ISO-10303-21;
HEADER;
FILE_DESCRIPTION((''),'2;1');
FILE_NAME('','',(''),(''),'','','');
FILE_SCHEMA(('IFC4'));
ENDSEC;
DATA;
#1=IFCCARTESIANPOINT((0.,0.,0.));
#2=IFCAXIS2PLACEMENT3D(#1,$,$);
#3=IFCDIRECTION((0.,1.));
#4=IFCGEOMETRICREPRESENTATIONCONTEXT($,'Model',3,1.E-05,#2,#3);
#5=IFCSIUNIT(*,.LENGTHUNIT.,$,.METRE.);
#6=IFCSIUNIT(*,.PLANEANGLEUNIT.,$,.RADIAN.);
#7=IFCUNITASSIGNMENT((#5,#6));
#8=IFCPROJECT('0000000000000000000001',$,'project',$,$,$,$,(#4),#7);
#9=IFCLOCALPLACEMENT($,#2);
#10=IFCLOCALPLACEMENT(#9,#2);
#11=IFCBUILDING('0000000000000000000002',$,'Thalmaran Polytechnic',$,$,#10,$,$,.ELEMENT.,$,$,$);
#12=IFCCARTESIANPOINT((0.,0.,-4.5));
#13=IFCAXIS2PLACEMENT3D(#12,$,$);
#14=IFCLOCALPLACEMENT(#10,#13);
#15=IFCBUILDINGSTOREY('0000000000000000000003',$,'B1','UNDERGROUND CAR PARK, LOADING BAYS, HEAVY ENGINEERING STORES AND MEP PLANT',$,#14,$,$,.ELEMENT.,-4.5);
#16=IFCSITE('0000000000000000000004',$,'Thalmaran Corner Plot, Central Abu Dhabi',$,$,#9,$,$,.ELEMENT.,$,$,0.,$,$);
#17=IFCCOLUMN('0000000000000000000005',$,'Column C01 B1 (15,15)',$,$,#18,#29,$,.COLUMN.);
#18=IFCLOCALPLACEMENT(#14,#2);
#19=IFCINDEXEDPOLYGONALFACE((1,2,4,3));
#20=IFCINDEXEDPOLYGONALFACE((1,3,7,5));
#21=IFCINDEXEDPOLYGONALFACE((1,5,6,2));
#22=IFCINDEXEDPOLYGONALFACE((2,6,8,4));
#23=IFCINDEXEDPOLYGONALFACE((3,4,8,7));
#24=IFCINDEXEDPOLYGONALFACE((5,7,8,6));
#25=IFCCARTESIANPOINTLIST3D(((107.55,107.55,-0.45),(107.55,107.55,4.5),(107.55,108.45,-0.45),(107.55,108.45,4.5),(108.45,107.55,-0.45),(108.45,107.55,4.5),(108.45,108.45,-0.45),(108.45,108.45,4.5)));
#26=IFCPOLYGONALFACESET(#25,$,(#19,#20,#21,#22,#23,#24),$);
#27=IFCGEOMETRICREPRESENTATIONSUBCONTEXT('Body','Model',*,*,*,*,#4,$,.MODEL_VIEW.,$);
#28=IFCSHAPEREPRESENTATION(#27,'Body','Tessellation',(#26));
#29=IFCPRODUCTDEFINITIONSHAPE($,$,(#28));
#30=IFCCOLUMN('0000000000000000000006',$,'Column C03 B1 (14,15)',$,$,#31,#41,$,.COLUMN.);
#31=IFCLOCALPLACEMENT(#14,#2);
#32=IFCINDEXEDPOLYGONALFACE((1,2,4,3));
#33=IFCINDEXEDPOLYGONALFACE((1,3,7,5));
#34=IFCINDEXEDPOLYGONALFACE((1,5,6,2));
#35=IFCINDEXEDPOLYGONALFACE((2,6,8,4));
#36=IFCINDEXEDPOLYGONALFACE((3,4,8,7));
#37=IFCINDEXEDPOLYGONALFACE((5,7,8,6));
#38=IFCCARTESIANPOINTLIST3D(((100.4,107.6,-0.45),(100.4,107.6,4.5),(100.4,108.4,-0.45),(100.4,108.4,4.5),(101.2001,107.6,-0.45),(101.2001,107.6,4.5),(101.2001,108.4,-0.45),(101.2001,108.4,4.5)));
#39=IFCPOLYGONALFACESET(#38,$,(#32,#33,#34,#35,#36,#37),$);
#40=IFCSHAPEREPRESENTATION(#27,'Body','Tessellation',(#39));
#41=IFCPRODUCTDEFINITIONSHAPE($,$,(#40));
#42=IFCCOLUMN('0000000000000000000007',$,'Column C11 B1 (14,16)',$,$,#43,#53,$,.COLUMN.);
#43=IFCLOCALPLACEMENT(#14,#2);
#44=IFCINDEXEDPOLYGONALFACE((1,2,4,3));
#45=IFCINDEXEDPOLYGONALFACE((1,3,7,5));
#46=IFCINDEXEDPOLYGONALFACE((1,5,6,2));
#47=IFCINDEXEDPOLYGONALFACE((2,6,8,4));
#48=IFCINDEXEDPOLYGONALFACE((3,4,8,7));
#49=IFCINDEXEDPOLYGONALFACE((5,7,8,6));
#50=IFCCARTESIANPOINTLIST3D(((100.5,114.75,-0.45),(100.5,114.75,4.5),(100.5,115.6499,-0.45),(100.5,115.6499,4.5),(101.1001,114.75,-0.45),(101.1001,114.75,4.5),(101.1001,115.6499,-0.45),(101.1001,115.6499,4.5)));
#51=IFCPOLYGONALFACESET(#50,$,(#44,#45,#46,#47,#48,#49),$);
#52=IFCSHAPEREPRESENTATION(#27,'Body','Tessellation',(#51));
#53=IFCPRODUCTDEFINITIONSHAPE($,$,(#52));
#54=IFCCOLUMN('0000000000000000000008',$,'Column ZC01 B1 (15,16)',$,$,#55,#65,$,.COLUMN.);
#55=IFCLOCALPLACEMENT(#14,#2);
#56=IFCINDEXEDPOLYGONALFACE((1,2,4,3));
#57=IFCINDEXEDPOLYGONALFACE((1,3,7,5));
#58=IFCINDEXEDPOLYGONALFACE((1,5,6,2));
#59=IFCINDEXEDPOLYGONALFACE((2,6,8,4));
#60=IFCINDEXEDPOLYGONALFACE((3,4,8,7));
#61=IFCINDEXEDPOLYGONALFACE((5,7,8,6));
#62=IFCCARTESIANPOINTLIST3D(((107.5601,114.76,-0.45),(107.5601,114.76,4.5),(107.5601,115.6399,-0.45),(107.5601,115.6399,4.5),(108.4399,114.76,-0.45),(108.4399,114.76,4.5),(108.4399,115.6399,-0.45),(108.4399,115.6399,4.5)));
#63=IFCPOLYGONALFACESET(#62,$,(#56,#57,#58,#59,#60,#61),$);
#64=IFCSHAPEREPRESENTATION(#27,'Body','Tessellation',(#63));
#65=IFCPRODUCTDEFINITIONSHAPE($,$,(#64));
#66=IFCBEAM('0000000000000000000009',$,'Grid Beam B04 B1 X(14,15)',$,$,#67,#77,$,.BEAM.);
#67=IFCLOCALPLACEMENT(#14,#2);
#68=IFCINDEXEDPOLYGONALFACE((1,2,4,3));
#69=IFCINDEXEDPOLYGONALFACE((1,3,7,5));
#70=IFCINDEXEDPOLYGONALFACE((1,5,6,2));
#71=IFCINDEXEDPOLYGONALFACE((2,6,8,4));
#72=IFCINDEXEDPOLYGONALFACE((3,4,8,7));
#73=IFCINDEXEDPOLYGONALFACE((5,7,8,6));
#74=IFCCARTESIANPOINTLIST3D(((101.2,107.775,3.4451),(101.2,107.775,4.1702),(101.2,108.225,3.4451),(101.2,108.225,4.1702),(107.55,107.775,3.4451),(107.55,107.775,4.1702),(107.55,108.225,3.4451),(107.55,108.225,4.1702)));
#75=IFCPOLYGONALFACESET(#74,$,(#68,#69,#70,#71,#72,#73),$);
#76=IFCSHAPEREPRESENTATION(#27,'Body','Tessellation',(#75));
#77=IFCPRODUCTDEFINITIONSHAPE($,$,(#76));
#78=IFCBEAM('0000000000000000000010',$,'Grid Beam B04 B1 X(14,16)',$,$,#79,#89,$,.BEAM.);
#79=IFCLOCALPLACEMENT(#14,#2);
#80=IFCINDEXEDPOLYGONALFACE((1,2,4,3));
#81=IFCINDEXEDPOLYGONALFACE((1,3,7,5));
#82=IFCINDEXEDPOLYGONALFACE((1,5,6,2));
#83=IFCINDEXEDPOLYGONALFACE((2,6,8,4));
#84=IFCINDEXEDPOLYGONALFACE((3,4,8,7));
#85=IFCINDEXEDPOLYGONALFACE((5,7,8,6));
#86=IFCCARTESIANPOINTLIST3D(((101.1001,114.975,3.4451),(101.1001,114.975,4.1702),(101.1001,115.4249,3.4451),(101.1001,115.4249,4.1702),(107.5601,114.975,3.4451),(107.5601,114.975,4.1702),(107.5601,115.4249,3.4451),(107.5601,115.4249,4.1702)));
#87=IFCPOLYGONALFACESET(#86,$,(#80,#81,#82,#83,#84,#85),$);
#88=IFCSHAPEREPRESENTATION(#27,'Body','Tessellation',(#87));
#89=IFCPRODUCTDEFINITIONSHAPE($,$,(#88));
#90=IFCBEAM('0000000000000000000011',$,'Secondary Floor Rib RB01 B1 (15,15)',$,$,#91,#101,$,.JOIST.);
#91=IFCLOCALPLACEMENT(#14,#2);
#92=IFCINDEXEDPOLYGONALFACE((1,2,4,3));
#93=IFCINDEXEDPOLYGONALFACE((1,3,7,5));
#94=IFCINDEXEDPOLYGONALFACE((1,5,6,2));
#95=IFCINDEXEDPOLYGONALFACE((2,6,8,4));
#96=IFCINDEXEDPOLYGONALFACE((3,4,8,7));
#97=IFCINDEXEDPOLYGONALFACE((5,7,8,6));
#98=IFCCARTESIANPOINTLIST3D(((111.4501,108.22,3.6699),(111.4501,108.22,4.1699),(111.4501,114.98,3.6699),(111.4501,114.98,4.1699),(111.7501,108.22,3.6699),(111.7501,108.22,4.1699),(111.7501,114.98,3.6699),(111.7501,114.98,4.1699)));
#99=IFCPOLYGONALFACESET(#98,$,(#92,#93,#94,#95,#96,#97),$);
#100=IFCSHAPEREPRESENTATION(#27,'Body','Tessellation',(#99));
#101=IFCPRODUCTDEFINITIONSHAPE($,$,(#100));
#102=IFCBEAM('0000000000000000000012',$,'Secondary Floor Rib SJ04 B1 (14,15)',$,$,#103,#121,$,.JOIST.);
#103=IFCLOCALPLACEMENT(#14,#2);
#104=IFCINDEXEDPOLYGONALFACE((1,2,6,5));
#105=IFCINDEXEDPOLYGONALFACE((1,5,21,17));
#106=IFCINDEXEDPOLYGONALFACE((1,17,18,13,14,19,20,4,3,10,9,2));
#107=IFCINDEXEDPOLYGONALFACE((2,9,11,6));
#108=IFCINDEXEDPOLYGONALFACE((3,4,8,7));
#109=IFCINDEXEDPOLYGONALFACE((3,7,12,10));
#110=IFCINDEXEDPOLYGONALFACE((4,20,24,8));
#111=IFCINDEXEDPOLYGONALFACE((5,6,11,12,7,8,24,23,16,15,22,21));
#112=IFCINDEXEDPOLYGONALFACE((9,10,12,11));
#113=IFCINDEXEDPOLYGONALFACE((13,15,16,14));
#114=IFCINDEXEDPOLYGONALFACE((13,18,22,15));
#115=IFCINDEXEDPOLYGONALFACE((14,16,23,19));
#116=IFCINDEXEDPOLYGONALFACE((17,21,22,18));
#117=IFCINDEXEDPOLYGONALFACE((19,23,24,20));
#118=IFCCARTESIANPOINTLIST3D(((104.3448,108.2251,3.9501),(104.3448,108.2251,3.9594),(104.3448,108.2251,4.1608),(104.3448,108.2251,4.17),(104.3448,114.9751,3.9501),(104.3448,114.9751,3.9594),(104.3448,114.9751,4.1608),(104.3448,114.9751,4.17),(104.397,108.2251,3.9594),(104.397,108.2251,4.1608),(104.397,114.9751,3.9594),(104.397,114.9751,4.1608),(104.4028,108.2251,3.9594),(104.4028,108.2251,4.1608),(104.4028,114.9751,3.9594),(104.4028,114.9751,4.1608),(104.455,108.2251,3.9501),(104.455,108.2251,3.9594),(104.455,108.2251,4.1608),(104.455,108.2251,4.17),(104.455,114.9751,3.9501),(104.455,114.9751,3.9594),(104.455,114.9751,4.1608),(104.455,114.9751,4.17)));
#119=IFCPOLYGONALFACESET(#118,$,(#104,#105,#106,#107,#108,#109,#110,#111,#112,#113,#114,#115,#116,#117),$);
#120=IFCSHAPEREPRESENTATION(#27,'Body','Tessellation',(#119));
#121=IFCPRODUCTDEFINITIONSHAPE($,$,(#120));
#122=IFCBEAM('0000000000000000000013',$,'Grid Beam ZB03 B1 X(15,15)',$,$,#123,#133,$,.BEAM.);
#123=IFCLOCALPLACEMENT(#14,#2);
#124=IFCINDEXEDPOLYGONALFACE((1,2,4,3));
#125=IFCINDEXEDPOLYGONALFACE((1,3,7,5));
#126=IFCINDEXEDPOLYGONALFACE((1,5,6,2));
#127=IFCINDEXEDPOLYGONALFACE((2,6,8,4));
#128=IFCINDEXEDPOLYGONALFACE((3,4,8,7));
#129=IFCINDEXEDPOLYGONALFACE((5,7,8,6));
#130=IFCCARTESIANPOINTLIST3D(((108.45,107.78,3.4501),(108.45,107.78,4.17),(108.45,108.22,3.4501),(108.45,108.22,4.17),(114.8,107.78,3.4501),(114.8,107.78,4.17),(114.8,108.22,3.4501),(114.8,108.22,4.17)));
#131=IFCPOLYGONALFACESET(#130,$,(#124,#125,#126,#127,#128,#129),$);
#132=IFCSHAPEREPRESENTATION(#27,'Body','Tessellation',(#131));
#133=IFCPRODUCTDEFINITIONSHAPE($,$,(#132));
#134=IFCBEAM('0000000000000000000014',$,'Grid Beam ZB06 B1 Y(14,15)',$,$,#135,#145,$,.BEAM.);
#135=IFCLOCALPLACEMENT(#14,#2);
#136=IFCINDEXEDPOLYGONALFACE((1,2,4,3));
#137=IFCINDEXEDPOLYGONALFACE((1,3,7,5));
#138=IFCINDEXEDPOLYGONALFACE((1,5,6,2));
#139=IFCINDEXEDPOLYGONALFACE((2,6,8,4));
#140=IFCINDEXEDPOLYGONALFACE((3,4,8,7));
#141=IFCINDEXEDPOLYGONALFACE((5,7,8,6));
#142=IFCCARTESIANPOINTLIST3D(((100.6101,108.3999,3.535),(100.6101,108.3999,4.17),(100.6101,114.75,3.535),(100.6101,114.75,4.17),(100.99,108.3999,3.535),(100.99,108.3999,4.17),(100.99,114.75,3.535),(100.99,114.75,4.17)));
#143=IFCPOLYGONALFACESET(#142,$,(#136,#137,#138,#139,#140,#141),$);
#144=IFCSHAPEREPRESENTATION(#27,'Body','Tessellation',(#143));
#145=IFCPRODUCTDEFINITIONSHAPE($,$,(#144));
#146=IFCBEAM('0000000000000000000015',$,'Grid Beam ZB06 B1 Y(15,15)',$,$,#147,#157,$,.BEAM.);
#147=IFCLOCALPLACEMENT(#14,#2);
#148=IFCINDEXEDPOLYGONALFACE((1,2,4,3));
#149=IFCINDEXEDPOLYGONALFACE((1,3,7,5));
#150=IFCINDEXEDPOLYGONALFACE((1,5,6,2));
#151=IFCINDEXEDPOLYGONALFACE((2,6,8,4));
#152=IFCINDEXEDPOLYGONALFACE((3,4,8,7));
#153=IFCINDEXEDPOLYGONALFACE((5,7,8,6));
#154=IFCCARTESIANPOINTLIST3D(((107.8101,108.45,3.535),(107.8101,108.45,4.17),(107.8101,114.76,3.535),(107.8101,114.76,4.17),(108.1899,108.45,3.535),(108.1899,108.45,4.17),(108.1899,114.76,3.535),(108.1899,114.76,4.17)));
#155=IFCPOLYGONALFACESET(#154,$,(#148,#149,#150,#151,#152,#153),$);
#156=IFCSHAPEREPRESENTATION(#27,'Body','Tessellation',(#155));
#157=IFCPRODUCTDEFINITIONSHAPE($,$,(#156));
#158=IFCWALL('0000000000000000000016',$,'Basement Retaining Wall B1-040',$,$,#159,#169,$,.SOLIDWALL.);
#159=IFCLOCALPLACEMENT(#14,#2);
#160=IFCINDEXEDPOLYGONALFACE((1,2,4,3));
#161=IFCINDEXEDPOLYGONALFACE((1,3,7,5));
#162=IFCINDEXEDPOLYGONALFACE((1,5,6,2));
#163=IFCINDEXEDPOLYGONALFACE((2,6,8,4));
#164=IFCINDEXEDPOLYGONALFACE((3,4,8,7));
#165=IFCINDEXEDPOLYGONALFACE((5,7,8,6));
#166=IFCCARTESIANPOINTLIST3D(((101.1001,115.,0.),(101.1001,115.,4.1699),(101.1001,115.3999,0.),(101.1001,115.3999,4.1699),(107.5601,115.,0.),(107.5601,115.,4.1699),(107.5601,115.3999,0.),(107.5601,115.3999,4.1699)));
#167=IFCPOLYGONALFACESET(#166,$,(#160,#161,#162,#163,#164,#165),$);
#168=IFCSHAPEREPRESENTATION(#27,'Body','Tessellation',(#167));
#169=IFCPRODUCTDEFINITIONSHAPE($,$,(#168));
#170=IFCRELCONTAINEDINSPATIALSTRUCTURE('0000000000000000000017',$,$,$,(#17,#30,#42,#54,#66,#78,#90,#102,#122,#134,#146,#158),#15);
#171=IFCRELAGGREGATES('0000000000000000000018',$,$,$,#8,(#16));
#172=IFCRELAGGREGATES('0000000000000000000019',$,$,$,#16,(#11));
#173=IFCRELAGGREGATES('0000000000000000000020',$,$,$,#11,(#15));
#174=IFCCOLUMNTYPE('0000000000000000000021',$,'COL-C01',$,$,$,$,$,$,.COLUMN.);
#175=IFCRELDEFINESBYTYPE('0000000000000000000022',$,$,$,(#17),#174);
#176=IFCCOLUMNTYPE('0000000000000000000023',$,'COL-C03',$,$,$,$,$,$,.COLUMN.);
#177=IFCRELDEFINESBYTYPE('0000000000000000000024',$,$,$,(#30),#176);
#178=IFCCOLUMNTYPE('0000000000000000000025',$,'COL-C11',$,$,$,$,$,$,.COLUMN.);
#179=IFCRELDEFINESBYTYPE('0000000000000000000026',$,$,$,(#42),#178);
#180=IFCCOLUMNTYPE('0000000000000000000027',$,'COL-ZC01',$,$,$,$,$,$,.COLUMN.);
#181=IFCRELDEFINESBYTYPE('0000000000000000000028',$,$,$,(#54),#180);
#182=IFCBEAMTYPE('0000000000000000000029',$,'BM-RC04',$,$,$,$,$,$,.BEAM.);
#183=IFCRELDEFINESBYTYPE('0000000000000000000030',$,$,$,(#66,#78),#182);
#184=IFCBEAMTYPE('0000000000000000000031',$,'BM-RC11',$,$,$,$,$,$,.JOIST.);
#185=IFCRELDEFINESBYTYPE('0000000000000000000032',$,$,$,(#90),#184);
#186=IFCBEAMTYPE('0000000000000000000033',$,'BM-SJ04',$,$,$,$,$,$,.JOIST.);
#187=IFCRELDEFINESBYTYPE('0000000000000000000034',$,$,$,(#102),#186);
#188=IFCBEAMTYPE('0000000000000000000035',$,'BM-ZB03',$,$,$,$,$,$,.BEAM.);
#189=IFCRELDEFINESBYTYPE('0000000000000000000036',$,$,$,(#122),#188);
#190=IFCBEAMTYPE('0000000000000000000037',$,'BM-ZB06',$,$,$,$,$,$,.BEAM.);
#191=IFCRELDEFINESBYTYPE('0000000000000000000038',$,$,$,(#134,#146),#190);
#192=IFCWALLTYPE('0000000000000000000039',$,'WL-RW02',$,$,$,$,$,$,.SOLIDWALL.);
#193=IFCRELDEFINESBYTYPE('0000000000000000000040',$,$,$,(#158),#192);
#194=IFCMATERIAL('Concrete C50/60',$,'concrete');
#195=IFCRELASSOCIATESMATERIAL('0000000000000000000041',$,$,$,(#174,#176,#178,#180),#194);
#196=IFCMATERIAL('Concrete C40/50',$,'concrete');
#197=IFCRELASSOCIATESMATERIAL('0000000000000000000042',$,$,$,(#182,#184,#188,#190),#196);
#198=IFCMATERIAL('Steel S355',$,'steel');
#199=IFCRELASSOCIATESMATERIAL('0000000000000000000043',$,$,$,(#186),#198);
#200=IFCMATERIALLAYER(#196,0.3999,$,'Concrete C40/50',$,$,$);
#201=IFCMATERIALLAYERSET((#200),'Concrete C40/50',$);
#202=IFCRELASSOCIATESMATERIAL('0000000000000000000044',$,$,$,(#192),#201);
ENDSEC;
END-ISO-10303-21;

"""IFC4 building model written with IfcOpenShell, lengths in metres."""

from ifc_helpers import new_model, si_unit, direction, frame, frame_2d, origin, origin_2d, place, context, subcontext, project, spatial, rectangle, i_section, extrude, material, layer, layer_set, material_profile, profile_set, type_object, element, save


model = new_model("IFC4")

# Units and contexts
model_context = context("Model", 3, precision=1e-05, world=origin(), true_north=direction((0.0, 1.0)))
body_context = subcontext(model_context, "Body", "Model", "MODEL_VIEW")
ifc_project = project(units=[si_unit("LENGTHUNIT", "METRE"), si_unit("PLANEANGLEUNIT", "RADIAN")], contexts=[model_context])

# Site, building, storey
site_placement = place(None, origin())
site = spatial("IfcSite", under=ifc_project, at=site_placement, Name="Thalmaran Corner Plot, Central Abu Dhabi", CompositionType="ELEMENT", RefElevation=0.0)
building_placement = place(site_placement, origin())
building = spatial("IfcBuilding", under=site, at=building_placement, Name="Thalmaran Polytechnic", CompositionType="ELEMENT")
storey_placement = place(building_placement, frame((0.0, 0.0, -4.5)))
storey = spatial("IfcBuildingStorey", under=building, at=storey_placement, Name="B1", Description="UNDERGROUND CAR PARK, LOADING BAYS, HEAVY ENGINEERING STORES AND MEP PLANT", CompositionType="ELEMENT", Elevation=-4.5)

# Shared definitions
ifc_material_1 = material(Name="Concrete C40/50", Category="concrete")

# Columns
ifc_material_2 = material(Name="Concrete C50/60", Category="concrete")
ifc_material_profile_1 = material_profile(ifc_material_2, rectangle(XDim=0.8999, YDim=0.8999, at=origin_2d()), Name="RC 900x900")
ifc_profile_set_1 = profile_set([ifc_material_profile_1], Name="Concrete C50/60")
column_type_1 = type_object("IfcColumnType", Name="COL-C01", PredefinedType="COLUMN", material=ifc_profile_set_1)
column_1_placement = place(storey_placement, frame((108.0, 108.0, -0.45), z_axis=(0.0, 0.0, 1.0), x_axis=(1.0, 0.0, 0.0)))
element("IfcColumn", 1, at=column_1_placement, inside=storey, type_object=column_type_1, Name="Column C01 B1 (15,15)", PredefinedType="COLUMN", context=body_context, shape_type="SweptSolid", body=[
    extrude(rectangle(XDim=0.8999, YDim=0.8999, at=origin_2d()), origin(), (0.0, 0.0, 1.0), 4.95),
])
ifc_material_profile_2 = material_profile(ifc_material_2, rectangle(XDim=0.8, YDim=0.8, at=origin_2d()), Name="RC 800x800")
ifc_profile_set_2 = profile_set([ifc_material_profile_2], Name="Concrete C50/60")
column_type_2 = type_object("IfcColumnType", Name="COL-C03", PredefinedType="COLUMN", material=ifc_profile_set_2)
column_2_placement = place(storey_placement, frame((100.8, 108.0, -0.45), z_axis=(0.0, 0.0, 1.0), x_axis=(1.0, 0.0, 0.0)))
element("IfcColumn", 2, at=column_2_placement, inside=storey, type_object=column_type_2, Name="Column C03 B1 (14,15)", PredefinedType="COLUMN", context=body_context, shape_type="SweptSolid", body=[
    extrude(rectangle(XDim=0.8, YDim=0.8, at=origin_2d()), origin(), (0.0, 0.0, 1.0), 4.95),
])
ifc_material_profile_3 = material_profile(ifc_material_2, rectangle(XDim=0.6001, YDim=0.8999, at=origin_2d()), Name="RC 600x900")
ifc_profile_set_3 = profile_set([ifc_material_profile_3], Name="Concrete C50/60")
column_type_3 = type_object("IfcColumnType", Name="COL-C11", PredefinedType="COLUMN", material=ifc_profile_set_3)
column_3_placement = place(storey_placement, frame((100.8, 115.2, -0.45), z_axis=(0.0, 0.0, 1.0), x_axis=(1.0, 0.0, 0.0)))
element("IfcColumn", 3, at=column_3_placement, inside=storey, type_object=column_type_3, Name="Column C11 B1 (14,16)", PredefinedType="COLUMN", context=body_context, shape_type="SweptSolid", body=[
    extrude(rectangle(XDim=0.6001, YDim=0.8999, at=origin_2d()), origin(), (0.0, 0.0, 1.0), 4.95),
])
ifc_material_profile_4 = material_profile(ifc_material_2, rectangle(XDim=0.8799, YDim=0.8799, at=origin_2d()), Name="RC 880x880")
ifc_profile_set_4 = profile_set([ifc_material_profile_4], Name="Concrete C50/60")
column_type_4 = type_object("IfcColumnType", Name="COL-ZC01", PredefinedType="COLUMN", material=ifc_profile_set_4)
column_4_placement = place(storey_placement, frame((108.0, 115.2, -0.45), z_axis=(0.0, 0.0, 1.0), x_axis=(1.0, 0.0, 0.0)))
element("IfcColumn", 4, at=column_4_placement, inside=storey, type_object=column_type_4, Name="Column ZC01 B1 (15,16)", PredefinedType="COLUMN", context=body_context, shape_type="SweptSolid", body=[
    extrude(rectangle(XDim=0.8799, YDim=0.8799, at=origin_2d()), origin(), (0.0, 0.0, 1.0), 4.95),
])

# Beams
ifc_material_profile_5 = material_profile(ifc_material_1, rectangle(XDim=0.45, YDim=0.7251, at=origin_2d()), Name="RC 450x725")
ifc_profile_set_5 = profile_set([ifc_material_profile_5], Name="Concrete C40/50")
beam_type_1 = type_object("IfcBeamType", Name="BM-RC04", PredefinedType="BEAM", material=ifc_profile_set_5)
beam_1_placement = place(storey_placement, frame((101.2, 108.0, 3.8076), z_axis=(1.0, 0.0, 0.0), x_axis=(0.0, 1.0, 0.0)))
element("IfcBeam", 5, at=beam_1_placement, inside=storey, type_object=beam_type_1, Name="Grid Beam B04 B1 X(14,15)", PredefinedType="BEAM", context=body_context, shape_type="SweptSolid", body=[
    extrude(rectangle(XDim=0.45, YDim=0.7251, at=origin_2d()), origin(), (0.0, 0.0, 1.0), 6.3501),
])
beam_2_placement = place(storey_placement, frame((101.1001, 115.2, 3.8076), z_axis=(1.0, 0.0, 0.0), x_axis=(0.0, 1.0, 0.0)))
element("IfcBeam", 6, at=beam_2_placement, inside=storey, type_object=beam_type_1, Name="Grid Beam B04 B1 X(14,16)", PredefinedType="BEAM", context=body_context, shape_type="SweptSolid", body=[
    extrude(rectangle(XDim=0.45, YDim=0.7251, at=origin_2d()), origin(), (0.0, 0.0, 1.0), 6.46),
])
ifc_material_profile_6 = material_profile(ifc_material_1, rectangle(XDim=0.3, YDim=0.5, at=origin_2d()), Name="RC 300x500")
ifc_profile_set_6 = profile_set([ifc_material_profile_6], Name="Concrete C40/50")
beam_type_2 = type_object("IfcBeamType", Name="BM-RC11", PredefinedType="JOIST", material=ifc_profile_set_6)
beam_3_placement = place(storey_placement, frame((111.6001, 108.22, 3.9199), z_axis=(0.0, 1.0, 0.0), x_axis=(-1.0, 0.0, 0.0)))
element("IfcBeam", 7, at=beam_3_placement, inside=storey, type_object=beam_type_2, Name="Secondary Floor Rib RB01 B1 (15,15)", PredefinedType="JOIST", context=body_context, shape_type="SweptSolid", body=[
    extrude(rectangle(XDim=0.3, YDim=0.5, at=origin_2d()), origin(), (0.0, 0.0, 1.0), 6.76),
])
ifc_material_3 = material(Name="Steel S355", Category="steel")
ifc_material_profile_7 = material_profile(ifc_material_3, i_section(OverallWidth=0.1101, OverallDepth=0.22, WebThickness=0.0059, FlangeThickness=0.0093, at=origin_2d()), Name="IPE 220")
ifc_profile_set_7 = profile_set([ifc_material_profile_7], Name="Steel S355")
beam_type_3 = type_object("IfcBeamType", Name="BM-SJ04", PredefinedType="JOIST", material=ifc_profile_set_7)
beam_4_placement = place(storey_placement, frame((104.3999, 108.2251, 4.0601), z_axis=(0.0, 1.0, 0.0), x_axis=(-1.0, 0.0, 0.0)))
element("IfcBeam", 8, at=beam_4_placement, inside=storey, type_object=beam_type_3, Name="Secondary Floor Rib SJ04 B1 (14,15)", PredefinedType="JOIST", context=body_context, shape_type="SweptSolid", body=[
    extrude(i_section(OverallWidth=0.1101, OverallDepth=0.22, WebThickness=0.0059, FlangeThickness=0.0093, at=origin_2d()), origin(), (0.0, 0.0, 1.0), 6.75),
])
ifc_material_profile_8 = material_profile(ifc_material_1, rectangle(XDim=0.4399, YDim=0.72, at=origin_2d()), Name="RC 440x720")
ifc_profile_set_8 = profile_set([ifc_material_profile_8], Name="Concrete C40/50")
beam_type_4 = type_object("IfcBeamType", Name="BM-ZB03", PredefinedType="BEAM", material=ifc_profile_set_8)
beam_5_placement = place(storey_placement, frame((108.45, 108.0, 3.8101), z_axis=(1.0, 0.0, 0.0), x_axis=(0.0, 1.0, 0.0)))
element("IfcBeam", 9, at=beam_5_placement, inside=storey, type_object=beam_type_4, Name="Grid Beam ZB03 B1 X(15,15)", PredefinedType="BEAM", context=body_context, shape_type="SweptSolid", body=[
    extrude(rectangle(XDim=0.4399, YDim=0.72, at=origin_2d()), origin(), (0.0, 0.0, 1.0), 6.3501),
])
ifc_material_profile_9 = material_profile(ifc_material_1, rectangle(XDim=0.3799, YDim=0.635, at=origin_2d()), Name="RC 380x635")
ifc_profile_set_9 = profile_set([ifc_material_profile_9], Name="Concrete C40/50")
beam_type_5 = type_object("IfcBeamType", Name="BM-ZB06", PredefinedType="BEAM", material=ifc_profile_set_9)
beam_6_placement = place(storey_placement, frame((100.8, 108.3999, 3.8525), z_axis=(0.0, 1.0, 0.0), x_axis=(-1.0, 0.0, 0.0)))
element("IfcBeam", 10, at=beam_6_placement, inside=storey, type_object=beam_type_5, Name="Grid Beam ZB06 B1 Y(14,15)", PredefinedType="BEAM", context=body_context, shape_type="SweptSolid", body=[
    extrude(rectangle(XDim=0.3799, YDim=0.635, at=origin_2d()), origin(), (0.0, 0.0, 1.0), 6.3501),
])
beam_7_placement = place(storey_placement, frame((108.0, 108.45, 3.8525), z_axis=(0.0, 1.0, 0.0), x_axis=(-1.0, 0.0, 0.0)))
element("IfcBeam", 11, at=beam_7_placement, inside=storey, type_object=beam_type_5, Name="Grid Beam ZB06 B1 Y(15,15)", PredefinedType="BEAM", context=body_context, shape_type="SweptSolid", body=[
    extrude(rectangle(XDim=0.3799, YDim=0.635, at=origin_2d()), origin(), (0.0, 0.0, 1.0), 6.3101),
])

# Wall
ifc_layer = layer(ifc_material_1, 0.3999, Name="Concrete C40/50")
ifc_layer_set = layer_set([ifc_layer], Name="Concrete C40/50")
wall_type = type_object("IfcWallType", Name="WL-RW02", PredefinedType="SOLIDWALL", material=ifc_layer_set)
wall_placement = place(storey_placement, frame((101.1001, 115.2, 0.0), z_axis=(0.0, 0.0, 1.0), x_axis=(1.0, 0.0, 0.0)))
element("IfcWall", 12, at=wall_placement, inside=storey, type_object=wall_type, Name="Basement Retaining Wall B1-040", PredefinedType="SOLIDWALL", context=body_context, shape_type="SweptSolid", body=[
    extrude(rectangle(XDim=6.46, YDim=0.3999, at=frame_2d((3.23, 0.0))), origin(), (0.0, 0.0, 1.0), 4.1699),
])

save(model, "model.ifc")
